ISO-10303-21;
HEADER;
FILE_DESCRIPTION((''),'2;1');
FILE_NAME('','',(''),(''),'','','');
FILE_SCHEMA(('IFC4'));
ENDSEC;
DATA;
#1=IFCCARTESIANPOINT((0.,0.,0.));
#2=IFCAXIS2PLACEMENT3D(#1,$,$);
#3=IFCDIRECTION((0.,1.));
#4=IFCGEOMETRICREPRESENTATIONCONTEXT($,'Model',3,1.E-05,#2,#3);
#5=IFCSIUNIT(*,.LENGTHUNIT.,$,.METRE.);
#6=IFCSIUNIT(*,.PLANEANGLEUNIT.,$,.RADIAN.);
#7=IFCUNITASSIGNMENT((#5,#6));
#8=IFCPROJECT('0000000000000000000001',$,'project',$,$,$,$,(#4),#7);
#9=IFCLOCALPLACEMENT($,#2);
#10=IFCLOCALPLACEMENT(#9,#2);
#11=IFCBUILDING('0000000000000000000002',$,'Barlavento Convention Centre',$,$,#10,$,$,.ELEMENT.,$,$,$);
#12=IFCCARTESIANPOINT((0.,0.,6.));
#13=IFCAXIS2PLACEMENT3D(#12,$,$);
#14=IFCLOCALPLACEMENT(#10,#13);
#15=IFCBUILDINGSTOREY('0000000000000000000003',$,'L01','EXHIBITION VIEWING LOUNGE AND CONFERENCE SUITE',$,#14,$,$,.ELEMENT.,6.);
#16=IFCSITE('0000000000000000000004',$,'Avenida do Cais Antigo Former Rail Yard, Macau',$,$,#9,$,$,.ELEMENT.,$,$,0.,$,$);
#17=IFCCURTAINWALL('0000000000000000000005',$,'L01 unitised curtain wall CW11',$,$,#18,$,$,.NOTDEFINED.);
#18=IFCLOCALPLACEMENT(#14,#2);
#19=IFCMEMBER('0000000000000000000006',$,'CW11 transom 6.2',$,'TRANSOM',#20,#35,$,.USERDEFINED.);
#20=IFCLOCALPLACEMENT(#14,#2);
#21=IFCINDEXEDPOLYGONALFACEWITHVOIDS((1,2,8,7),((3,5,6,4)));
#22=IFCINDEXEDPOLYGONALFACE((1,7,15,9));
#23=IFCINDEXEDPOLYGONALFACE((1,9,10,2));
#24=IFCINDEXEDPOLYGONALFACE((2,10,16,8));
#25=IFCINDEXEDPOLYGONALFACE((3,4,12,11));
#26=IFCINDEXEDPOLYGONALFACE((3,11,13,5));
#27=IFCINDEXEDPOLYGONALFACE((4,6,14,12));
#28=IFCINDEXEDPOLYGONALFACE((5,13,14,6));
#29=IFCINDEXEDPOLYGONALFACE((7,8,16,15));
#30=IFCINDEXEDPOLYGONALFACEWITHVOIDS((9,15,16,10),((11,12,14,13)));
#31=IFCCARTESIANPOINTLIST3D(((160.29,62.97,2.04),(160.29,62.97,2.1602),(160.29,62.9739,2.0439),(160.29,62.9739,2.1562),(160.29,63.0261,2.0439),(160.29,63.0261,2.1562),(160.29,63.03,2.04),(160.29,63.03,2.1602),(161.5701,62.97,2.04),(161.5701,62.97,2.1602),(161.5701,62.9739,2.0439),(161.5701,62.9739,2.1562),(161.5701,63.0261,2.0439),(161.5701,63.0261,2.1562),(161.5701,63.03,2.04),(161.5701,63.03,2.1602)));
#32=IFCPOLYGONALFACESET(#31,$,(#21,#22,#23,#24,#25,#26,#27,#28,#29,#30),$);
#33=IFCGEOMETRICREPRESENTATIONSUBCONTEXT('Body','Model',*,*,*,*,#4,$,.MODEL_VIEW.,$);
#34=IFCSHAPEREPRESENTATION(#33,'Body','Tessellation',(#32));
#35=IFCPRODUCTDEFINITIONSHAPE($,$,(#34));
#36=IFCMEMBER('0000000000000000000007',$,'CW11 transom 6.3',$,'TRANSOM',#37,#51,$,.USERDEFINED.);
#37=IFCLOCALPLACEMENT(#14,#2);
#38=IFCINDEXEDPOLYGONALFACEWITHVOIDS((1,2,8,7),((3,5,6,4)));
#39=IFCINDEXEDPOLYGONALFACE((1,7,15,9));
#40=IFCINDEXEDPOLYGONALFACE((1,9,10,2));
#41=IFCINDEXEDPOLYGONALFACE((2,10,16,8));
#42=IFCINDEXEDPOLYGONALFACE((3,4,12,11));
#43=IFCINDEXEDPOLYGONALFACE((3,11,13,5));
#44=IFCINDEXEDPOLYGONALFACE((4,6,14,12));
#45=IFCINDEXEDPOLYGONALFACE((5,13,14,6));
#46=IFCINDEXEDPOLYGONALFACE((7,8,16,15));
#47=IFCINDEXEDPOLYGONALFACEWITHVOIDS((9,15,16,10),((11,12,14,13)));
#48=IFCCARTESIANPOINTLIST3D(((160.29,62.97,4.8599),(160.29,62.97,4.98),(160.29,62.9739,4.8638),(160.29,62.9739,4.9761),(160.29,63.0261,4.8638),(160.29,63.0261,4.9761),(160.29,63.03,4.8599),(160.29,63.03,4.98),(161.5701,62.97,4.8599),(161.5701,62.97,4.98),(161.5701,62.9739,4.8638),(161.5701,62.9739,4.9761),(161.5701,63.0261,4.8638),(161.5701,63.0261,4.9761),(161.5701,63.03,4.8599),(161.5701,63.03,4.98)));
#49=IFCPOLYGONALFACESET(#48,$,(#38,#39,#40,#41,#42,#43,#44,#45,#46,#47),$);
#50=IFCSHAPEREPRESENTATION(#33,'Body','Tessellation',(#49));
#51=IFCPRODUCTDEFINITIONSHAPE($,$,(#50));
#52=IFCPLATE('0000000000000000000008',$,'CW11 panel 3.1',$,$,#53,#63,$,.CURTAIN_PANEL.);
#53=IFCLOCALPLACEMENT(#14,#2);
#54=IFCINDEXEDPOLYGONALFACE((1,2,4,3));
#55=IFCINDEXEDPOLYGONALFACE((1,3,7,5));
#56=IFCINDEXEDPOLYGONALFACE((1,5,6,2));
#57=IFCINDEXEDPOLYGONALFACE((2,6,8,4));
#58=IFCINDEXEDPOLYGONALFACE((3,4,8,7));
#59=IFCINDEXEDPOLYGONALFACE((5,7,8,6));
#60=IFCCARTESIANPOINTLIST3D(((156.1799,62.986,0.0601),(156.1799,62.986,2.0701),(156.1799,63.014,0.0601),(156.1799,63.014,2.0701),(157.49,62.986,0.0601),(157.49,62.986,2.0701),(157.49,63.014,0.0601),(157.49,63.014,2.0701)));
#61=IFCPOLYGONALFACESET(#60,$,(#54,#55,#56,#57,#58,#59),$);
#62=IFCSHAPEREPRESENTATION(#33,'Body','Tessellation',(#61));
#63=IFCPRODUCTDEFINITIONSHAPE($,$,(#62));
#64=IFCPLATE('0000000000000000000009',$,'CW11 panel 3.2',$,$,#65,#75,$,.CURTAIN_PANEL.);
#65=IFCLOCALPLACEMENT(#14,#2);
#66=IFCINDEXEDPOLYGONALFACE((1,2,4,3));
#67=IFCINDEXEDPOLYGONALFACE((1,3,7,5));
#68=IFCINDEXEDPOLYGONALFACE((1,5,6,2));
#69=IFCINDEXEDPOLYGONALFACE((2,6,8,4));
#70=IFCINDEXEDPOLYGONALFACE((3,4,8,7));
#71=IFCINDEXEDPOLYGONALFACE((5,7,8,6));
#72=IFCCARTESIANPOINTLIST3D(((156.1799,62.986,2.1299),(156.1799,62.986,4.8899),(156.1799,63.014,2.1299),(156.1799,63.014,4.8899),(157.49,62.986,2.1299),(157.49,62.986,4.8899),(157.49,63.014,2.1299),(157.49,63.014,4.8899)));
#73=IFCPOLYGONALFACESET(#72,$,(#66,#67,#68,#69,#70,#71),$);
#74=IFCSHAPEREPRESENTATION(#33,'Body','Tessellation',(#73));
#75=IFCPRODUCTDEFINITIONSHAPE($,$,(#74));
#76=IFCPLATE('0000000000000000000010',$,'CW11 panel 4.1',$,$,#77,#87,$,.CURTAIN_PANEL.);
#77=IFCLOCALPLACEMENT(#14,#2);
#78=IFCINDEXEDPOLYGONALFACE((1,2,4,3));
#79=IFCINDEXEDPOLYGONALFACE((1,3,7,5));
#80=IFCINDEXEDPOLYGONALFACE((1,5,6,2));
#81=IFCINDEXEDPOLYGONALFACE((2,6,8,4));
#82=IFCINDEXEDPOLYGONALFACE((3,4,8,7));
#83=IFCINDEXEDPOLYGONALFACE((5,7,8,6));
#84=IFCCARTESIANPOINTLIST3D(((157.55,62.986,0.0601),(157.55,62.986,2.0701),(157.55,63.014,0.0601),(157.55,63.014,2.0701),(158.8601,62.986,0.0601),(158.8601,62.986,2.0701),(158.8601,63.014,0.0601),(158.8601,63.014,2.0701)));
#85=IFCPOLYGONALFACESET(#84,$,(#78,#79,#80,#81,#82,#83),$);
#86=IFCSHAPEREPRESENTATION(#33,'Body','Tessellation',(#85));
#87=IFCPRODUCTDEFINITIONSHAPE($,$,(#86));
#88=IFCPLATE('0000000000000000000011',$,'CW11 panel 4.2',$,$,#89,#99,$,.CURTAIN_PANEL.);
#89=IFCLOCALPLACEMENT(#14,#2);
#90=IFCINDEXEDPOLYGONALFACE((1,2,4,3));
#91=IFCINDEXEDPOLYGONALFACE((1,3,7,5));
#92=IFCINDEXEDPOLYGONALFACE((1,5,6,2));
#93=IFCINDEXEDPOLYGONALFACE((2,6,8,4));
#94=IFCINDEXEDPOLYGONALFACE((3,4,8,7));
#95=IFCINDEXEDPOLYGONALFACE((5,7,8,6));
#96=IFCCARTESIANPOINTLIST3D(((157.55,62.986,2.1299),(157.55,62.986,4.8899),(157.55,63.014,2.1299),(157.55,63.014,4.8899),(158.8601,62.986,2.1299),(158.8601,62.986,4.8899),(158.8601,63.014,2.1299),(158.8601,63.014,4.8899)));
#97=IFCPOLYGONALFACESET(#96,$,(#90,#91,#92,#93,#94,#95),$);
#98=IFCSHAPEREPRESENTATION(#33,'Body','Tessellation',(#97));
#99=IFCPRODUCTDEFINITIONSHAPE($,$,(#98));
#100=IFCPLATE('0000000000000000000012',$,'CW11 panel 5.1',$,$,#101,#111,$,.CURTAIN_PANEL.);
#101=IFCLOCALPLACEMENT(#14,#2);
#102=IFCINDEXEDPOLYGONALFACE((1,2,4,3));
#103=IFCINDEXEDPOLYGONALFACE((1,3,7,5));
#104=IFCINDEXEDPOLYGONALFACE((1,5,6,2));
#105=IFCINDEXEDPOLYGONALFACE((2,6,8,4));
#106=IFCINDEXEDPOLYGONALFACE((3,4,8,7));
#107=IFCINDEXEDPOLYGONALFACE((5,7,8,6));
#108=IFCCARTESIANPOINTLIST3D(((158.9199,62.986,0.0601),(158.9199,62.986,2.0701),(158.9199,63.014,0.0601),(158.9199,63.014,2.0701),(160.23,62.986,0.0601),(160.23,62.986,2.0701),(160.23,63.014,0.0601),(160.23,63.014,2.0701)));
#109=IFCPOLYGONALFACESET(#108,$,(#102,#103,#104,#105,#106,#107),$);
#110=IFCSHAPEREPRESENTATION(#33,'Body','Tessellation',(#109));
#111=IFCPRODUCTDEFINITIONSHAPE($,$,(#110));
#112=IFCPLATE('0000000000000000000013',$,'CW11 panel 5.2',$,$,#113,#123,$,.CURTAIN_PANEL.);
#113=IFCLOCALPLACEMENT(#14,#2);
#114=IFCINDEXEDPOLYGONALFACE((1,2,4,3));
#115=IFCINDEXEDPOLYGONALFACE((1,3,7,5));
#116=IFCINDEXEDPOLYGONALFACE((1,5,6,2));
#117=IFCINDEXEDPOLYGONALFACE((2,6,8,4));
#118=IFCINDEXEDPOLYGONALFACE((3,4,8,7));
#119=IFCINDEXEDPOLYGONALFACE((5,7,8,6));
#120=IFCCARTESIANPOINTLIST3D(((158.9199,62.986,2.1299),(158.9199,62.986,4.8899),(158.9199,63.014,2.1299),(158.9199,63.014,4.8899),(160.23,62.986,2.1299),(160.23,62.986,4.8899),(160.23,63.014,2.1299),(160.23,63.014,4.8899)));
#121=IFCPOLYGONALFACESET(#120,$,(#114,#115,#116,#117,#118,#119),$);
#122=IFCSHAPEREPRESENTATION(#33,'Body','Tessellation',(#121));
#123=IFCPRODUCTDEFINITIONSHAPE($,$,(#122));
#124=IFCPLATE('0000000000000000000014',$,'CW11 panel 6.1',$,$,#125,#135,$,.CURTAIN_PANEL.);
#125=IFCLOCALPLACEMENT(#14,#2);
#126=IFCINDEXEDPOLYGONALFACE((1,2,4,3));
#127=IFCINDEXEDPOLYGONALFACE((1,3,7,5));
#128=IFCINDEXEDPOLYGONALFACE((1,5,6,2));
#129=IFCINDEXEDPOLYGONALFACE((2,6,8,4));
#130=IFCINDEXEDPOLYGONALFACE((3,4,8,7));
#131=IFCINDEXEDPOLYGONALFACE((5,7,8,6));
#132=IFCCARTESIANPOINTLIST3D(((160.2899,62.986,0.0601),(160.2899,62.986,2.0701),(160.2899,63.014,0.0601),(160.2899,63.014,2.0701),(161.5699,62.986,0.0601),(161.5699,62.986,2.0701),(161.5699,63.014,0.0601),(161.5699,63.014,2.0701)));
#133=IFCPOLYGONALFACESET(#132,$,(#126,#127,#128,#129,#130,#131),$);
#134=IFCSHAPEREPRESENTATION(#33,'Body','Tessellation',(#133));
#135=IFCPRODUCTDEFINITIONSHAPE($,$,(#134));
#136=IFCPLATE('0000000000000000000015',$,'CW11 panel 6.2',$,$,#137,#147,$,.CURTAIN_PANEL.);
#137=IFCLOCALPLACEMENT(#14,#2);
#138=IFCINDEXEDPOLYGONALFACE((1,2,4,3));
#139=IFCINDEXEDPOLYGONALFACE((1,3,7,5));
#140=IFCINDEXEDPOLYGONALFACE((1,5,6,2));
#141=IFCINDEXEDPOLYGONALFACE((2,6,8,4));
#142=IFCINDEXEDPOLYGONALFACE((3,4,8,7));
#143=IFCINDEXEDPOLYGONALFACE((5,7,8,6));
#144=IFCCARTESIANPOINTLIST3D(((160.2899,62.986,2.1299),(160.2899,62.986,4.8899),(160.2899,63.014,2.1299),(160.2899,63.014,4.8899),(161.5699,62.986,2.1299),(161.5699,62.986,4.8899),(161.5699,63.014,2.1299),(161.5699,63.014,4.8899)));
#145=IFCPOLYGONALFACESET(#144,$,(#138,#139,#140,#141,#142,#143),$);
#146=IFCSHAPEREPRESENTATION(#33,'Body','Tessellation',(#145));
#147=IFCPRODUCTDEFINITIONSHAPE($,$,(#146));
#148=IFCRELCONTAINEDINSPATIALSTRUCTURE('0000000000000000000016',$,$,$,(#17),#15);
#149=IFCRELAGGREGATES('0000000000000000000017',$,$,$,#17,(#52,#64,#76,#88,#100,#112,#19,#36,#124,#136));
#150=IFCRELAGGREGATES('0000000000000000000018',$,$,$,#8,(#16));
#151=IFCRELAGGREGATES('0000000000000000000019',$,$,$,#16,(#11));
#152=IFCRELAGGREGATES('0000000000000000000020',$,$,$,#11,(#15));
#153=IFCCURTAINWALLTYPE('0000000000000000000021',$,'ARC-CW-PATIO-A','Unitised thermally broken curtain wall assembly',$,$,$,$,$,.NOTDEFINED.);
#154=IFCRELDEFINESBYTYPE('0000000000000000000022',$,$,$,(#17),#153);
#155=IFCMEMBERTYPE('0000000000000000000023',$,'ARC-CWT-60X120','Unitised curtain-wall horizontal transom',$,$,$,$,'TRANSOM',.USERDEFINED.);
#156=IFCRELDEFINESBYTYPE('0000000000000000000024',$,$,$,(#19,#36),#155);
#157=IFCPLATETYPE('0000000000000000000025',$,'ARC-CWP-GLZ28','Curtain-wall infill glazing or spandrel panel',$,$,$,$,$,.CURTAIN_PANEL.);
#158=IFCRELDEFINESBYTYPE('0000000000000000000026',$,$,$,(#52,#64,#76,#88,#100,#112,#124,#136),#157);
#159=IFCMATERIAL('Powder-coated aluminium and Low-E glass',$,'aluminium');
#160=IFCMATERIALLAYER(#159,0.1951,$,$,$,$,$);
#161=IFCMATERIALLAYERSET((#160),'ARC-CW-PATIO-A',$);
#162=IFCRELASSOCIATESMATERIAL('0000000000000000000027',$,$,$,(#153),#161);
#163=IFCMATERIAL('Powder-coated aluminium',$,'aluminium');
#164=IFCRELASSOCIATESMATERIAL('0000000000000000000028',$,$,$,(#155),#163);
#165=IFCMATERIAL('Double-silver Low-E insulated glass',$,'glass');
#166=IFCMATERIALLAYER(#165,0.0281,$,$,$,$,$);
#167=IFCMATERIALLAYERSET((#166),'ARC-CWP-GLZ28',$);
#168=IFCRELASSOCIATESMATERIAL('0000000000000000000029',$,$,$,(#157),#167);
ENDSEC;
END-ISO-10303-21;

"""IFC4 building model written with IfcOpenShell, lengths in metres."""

from ifc_helpers import new_model, si_unit, direction, frame, origin, origin_2d, place, context, subcontext, project, spatial, rectangle, hollow_rectangle, extrude, material, layer, layer_set, material_profile, profile_set, type_object, element, aggregate, save


model = new_model("IFC4")

# Units and contexts
model_context = context("Model", 3, precision=1e-05, world=origin(), true_north=direction((0.0, 1.0)))
body_context = subcontext(model_context, "Body", "Model", "MODEL_VIEW")
ifc_project = project(units=[si_unit("LENGTHUNIT", "METRE"), si_unit("PLANEANGLEUNIT", "RADIAN")], contexts=[model_context])

# Site, building, storey
site_placement = place(None, origin())
site = spatial("IfcSite", under=ifc_project, at=site_placement, Name="Avenida do Cais Antigo Former Rail Yard, Macau", CompositionType="ELEMENT", RefElevation=0.0)
building_placement = place(site_placement, origin())
building = spatial("IfcBuilding", under=site, at=building_placement, Name="Barlavento Convention Centre", CompositionType="ELEMENT")
storey_placement = place(building_placement, frame((0.0, 0.0, 6.0)))
storey = spatial("IfcBuildingStorey", under=building, at=storey_placement, Name="L01", Description="EXHIBITION VIEWING LOUNGE AND CONFERENCE SUITE", CompositionType="ELEMENT", Elevation=6.0)

# Curtain wall, members, plates
ifc_material_1 = material(Name="Powder-coated aluminium and Low-E glass", Category="aluminium")
ifc_layer_1 = layer(ifc_material_1, 0.1951)
ifc_layer_set_1 = layer_set([ifc_layer_1], Name="ARC-CW-PATIO-A")
curtain_wall_type = type_object("IfcCurtainWallType", Name="ARC-CW-PATIO-A", Description="Unitised thermally broken curtain wall assembly", PredefinedType="NOTDEFINED", material=ifc_layer_set_1)
curtain_wall_placement = place(storey_placement, origin())
curtain_wall = element("IfcCurtainWall", 1, at=curtain_wall_placement, inside=storey, type_object=curtain_wall_type, Name="L01 unitised curtain wall CW11", PredefinedType="NOTDEFINED")
ifc_material_2 = material(Name="Powder-coated aluminium", Category="aluminium")
ifc_material_profile_1 = material_profile(ifc_material_2, hollow_rectangle(XDim=0.0601, YDim=0.1201, WallThickness=0.0039, at=origin_2d()), Name="AL-TRAN 60x120x4")
ifc_profile_set_1 = profile_set([ifc_material_profile_1], Name="Powder-coated aluminium")
member_type_1 = type_object("IfcMemberType", Name="ARC-CWT-60X120", Description="Unitised curtain-wall horizontal transom", ElementType="TRANSOM", PredefinedType="USERDEFINED", material=ifc_profile_set_1)
member_1_placement = place(storey_placement, frame((160.29, 63.0, 2.1001), z_axis=(1.0, 0.0, 0.0), x_axis=(0.0, 1.0, 0.0)))
member_1 = element("IfcMember", 2, at=member_1_placement, type_object=member_type_1, Name="CW11 transom 6.2", ObjectType="TRANSOM", PredefinedType="USERDEFINED", context=body_context, shape_type="SweptSolid", body=[
    extrude(hollow_rectangle(XDim=0.0601, YDim=0.1201, WallThickness=0.0039, at=origin_2d()), origin(), (0.0, 0.0, 1.0), 1.28),
])
member_2_placement = place(storey_placement, frame((160.29, 63.0, 4.9199), z_axis=(1.0, 0.0, 0.0), x_axis=(0.0, 1.0, 0.0)))
member_2 = element("IfcMember", 3, at=member_2_placement, type_object=member_type_1, Name="CW11 transom 6.3", ObjectType="TRANSOM", PredefinedType="USERDEFINED", context=body_context, shape_type="SweptSolid", body=[
    extrude(hollow_rectangle(XDim=0.0601, YDim=0.1201, WallThickness=0.0039, at=origin_2d()), origin(), (0.0, 0.0, 1.0), 1.28),
])
ifc_material_3 = material(Name="Double-silver Low-E insulated glass", Category="glass")
ifc_layer_2 = layer(ifc_material_3, 0.0281)
ifc_layer_set_2 = layer_set([ifc_layer_2], Name="ARC-CWP-GLZ28")
plate_type = type_object("IfcPlateType", Name="ARC-CWP-GLZ28", Description="Curtain-wall infill glazing or spandrel panel", PredefinedType="CURTAIN_PANEL", material=ifc_layer_set_2)
plate_1_placement = place(storey_placement, frame((156.835, 63.0, 0.0601), z_axis=(0.0, 0.0, 1.0), x_axis=(1.0, 0.0, 0.0)))
plate_1 = element("IfcPlate", 4, at=plate_1_placement, type_object=plate_type, Name="CW11 panel 3.1", PredefinedType="CURTAIN_PANEL", context=body_context, shape_type="SweptSolid", body=[
    extrude(rectangle(XDim=1.3101, YDim=0.0281, at=origin_2d()), origin(), (0.0, 0.0, 1.0), 2.01),
])
plate_2_placement = place(storey_placement, frame((156.835, 63.0, 2.1299), z_axis=(0.0, 0.0, 1.0), x_axis=(1.0, 0.0, 0.0)))
plate_2 = element("IfcPlate", 5, at=plate_2_placement, type_object=plate_type, Name="CW11 panel 3.2", PredefinedType="CURTAIN_PANEL", context=body_context, shape_type="SweptSolid", body=[
    extrude(rectangle(XDim=1.3101, YDim=0.0281, at=origin_2d()), origin(), (0.0, 0.0, 1.0), 2.76),
])
plate_3_placement = place(storey_placement, frame((158.2051, 63.0, 0.0601), z_axis=(0.0, 0.0, 1.0), x_axis=(1.0, 0.0, 0.0)))
plate_3 = element("IfcPlate", 6, at=plate_3_placement, type_object=plate_type, Name="CW11 panel 4.1", PredefinedType="CURTAIN_PANEL", context=body_context, shape_type="SweptSolid", body=[
    extrude(rectangle(XDim=1.3101, YDim=0.0281, at=origin_2d()), origin(), (0.0, 0.0, 1.0), 2.01),
])
plate_4_placement = place(storey_placement, frame((158.2051, 63.0, 2.1299), z_axis=(0.0, 0.0, 1.0), x_axis=(1.0, 0.0, 0.0)))
plate_4 = element("IfcPlate", 7, at=plate_4_placement, type_object=plate_type, Name="CW11 panel 4.2", PredefinedType="CURTAIN_PANEL", context=body_context, shape_type="SweptSolid", body=[
    extrude(rectangle(XDim=1.3101, YDim=0.0281, at=origin_2d()), origin(), (0.0, 0.0, 1.0), 2.76),
])
plate_5_placement = place(storey_placement, frame((159.575, 63.0, 0.0601), z_axis=(0.0, 0.0, 1.0), x_axis=(1.0, 0.0, 0.0)))
plate_5 = element("IfcPlate", 8, at=plate_5_placement, type_object=plate_type, Name="CW11 panel 5.1", PredefinedType="CURTAIN_PANEL", context=body_context, shape_type="SweptSolid", body=[
    extrude(rectangle(XDim=1.3101, YDim=0.0281, at=origin_2d()), origin(), (0.0, 0.0, 1.0), 2.01),
])
plate_6_placement = place(storey_placement, frame((159.575, 63.0, 2.1299), z_axis=(0.0, 0.0, 1.0), x_axis=(1.0, 0.0, 0.0)))
plate_6 = element("IfcPlate", 9, at=plate_6_placement, type_object=plate_type, Name="CW11 panel 5.2", PredefinedType="CURTAIN_PANEL", context=body_context, shape_type="SweptSolid", body=[
    extrude(rectangle(XDim=1.3101, YDim=0.0281, at=origin_2d()), origin(), (0.0, 0.0, 1.0), 2.76),
])
plate_7_placement = place(storey_placement, frame((160.9299, 63.0, 0.0601), z_axis=(0.0, 0.0, 1.0), x_axis=(1.0, 0.0, 0.0)))
plate_7 = element("IfcPlate", 10, at=plate_7_placement, type_object=plate_type, Name="CW11 panel 6.1", PredefinedType="CURTAIN_PANEL", context=body_context, shape_type="SweptSolid", body=[
    extrude(rectangle(XDim=1.28, YDim=0.0281, at=origin_2d()), origin(), (0.0, 0.0, 1.0), 2.01),
])
plate_8_placement = place(storey_placement, frame((160.9299, 63.0, 2.1299), z_axis=(0.0, 0.0, 1.0), x_axis=(1.0, 0.0, 0.0)))
plate_8 = element("IfcPlate", 11, at=plate_8_placement, type_object=plate_type, Name="CW11 panel 6.2", PredefinedType="CURTAIN_PANEL", context=body_context, shape_type="SweptSolid", body=[
    extrude(rectangle(XDim=1.28, YDim=0.0281, at=origin_2d()), origin(), (0.0, 0.0, 1.0), 2.76),
])
aggregate(curtain_wall, [plate_1, plate_2, plate_3, plate_4, plate_5, plate_6, member_1, member_2, plate_7, plate_8])

save(model, "model.ifc")
